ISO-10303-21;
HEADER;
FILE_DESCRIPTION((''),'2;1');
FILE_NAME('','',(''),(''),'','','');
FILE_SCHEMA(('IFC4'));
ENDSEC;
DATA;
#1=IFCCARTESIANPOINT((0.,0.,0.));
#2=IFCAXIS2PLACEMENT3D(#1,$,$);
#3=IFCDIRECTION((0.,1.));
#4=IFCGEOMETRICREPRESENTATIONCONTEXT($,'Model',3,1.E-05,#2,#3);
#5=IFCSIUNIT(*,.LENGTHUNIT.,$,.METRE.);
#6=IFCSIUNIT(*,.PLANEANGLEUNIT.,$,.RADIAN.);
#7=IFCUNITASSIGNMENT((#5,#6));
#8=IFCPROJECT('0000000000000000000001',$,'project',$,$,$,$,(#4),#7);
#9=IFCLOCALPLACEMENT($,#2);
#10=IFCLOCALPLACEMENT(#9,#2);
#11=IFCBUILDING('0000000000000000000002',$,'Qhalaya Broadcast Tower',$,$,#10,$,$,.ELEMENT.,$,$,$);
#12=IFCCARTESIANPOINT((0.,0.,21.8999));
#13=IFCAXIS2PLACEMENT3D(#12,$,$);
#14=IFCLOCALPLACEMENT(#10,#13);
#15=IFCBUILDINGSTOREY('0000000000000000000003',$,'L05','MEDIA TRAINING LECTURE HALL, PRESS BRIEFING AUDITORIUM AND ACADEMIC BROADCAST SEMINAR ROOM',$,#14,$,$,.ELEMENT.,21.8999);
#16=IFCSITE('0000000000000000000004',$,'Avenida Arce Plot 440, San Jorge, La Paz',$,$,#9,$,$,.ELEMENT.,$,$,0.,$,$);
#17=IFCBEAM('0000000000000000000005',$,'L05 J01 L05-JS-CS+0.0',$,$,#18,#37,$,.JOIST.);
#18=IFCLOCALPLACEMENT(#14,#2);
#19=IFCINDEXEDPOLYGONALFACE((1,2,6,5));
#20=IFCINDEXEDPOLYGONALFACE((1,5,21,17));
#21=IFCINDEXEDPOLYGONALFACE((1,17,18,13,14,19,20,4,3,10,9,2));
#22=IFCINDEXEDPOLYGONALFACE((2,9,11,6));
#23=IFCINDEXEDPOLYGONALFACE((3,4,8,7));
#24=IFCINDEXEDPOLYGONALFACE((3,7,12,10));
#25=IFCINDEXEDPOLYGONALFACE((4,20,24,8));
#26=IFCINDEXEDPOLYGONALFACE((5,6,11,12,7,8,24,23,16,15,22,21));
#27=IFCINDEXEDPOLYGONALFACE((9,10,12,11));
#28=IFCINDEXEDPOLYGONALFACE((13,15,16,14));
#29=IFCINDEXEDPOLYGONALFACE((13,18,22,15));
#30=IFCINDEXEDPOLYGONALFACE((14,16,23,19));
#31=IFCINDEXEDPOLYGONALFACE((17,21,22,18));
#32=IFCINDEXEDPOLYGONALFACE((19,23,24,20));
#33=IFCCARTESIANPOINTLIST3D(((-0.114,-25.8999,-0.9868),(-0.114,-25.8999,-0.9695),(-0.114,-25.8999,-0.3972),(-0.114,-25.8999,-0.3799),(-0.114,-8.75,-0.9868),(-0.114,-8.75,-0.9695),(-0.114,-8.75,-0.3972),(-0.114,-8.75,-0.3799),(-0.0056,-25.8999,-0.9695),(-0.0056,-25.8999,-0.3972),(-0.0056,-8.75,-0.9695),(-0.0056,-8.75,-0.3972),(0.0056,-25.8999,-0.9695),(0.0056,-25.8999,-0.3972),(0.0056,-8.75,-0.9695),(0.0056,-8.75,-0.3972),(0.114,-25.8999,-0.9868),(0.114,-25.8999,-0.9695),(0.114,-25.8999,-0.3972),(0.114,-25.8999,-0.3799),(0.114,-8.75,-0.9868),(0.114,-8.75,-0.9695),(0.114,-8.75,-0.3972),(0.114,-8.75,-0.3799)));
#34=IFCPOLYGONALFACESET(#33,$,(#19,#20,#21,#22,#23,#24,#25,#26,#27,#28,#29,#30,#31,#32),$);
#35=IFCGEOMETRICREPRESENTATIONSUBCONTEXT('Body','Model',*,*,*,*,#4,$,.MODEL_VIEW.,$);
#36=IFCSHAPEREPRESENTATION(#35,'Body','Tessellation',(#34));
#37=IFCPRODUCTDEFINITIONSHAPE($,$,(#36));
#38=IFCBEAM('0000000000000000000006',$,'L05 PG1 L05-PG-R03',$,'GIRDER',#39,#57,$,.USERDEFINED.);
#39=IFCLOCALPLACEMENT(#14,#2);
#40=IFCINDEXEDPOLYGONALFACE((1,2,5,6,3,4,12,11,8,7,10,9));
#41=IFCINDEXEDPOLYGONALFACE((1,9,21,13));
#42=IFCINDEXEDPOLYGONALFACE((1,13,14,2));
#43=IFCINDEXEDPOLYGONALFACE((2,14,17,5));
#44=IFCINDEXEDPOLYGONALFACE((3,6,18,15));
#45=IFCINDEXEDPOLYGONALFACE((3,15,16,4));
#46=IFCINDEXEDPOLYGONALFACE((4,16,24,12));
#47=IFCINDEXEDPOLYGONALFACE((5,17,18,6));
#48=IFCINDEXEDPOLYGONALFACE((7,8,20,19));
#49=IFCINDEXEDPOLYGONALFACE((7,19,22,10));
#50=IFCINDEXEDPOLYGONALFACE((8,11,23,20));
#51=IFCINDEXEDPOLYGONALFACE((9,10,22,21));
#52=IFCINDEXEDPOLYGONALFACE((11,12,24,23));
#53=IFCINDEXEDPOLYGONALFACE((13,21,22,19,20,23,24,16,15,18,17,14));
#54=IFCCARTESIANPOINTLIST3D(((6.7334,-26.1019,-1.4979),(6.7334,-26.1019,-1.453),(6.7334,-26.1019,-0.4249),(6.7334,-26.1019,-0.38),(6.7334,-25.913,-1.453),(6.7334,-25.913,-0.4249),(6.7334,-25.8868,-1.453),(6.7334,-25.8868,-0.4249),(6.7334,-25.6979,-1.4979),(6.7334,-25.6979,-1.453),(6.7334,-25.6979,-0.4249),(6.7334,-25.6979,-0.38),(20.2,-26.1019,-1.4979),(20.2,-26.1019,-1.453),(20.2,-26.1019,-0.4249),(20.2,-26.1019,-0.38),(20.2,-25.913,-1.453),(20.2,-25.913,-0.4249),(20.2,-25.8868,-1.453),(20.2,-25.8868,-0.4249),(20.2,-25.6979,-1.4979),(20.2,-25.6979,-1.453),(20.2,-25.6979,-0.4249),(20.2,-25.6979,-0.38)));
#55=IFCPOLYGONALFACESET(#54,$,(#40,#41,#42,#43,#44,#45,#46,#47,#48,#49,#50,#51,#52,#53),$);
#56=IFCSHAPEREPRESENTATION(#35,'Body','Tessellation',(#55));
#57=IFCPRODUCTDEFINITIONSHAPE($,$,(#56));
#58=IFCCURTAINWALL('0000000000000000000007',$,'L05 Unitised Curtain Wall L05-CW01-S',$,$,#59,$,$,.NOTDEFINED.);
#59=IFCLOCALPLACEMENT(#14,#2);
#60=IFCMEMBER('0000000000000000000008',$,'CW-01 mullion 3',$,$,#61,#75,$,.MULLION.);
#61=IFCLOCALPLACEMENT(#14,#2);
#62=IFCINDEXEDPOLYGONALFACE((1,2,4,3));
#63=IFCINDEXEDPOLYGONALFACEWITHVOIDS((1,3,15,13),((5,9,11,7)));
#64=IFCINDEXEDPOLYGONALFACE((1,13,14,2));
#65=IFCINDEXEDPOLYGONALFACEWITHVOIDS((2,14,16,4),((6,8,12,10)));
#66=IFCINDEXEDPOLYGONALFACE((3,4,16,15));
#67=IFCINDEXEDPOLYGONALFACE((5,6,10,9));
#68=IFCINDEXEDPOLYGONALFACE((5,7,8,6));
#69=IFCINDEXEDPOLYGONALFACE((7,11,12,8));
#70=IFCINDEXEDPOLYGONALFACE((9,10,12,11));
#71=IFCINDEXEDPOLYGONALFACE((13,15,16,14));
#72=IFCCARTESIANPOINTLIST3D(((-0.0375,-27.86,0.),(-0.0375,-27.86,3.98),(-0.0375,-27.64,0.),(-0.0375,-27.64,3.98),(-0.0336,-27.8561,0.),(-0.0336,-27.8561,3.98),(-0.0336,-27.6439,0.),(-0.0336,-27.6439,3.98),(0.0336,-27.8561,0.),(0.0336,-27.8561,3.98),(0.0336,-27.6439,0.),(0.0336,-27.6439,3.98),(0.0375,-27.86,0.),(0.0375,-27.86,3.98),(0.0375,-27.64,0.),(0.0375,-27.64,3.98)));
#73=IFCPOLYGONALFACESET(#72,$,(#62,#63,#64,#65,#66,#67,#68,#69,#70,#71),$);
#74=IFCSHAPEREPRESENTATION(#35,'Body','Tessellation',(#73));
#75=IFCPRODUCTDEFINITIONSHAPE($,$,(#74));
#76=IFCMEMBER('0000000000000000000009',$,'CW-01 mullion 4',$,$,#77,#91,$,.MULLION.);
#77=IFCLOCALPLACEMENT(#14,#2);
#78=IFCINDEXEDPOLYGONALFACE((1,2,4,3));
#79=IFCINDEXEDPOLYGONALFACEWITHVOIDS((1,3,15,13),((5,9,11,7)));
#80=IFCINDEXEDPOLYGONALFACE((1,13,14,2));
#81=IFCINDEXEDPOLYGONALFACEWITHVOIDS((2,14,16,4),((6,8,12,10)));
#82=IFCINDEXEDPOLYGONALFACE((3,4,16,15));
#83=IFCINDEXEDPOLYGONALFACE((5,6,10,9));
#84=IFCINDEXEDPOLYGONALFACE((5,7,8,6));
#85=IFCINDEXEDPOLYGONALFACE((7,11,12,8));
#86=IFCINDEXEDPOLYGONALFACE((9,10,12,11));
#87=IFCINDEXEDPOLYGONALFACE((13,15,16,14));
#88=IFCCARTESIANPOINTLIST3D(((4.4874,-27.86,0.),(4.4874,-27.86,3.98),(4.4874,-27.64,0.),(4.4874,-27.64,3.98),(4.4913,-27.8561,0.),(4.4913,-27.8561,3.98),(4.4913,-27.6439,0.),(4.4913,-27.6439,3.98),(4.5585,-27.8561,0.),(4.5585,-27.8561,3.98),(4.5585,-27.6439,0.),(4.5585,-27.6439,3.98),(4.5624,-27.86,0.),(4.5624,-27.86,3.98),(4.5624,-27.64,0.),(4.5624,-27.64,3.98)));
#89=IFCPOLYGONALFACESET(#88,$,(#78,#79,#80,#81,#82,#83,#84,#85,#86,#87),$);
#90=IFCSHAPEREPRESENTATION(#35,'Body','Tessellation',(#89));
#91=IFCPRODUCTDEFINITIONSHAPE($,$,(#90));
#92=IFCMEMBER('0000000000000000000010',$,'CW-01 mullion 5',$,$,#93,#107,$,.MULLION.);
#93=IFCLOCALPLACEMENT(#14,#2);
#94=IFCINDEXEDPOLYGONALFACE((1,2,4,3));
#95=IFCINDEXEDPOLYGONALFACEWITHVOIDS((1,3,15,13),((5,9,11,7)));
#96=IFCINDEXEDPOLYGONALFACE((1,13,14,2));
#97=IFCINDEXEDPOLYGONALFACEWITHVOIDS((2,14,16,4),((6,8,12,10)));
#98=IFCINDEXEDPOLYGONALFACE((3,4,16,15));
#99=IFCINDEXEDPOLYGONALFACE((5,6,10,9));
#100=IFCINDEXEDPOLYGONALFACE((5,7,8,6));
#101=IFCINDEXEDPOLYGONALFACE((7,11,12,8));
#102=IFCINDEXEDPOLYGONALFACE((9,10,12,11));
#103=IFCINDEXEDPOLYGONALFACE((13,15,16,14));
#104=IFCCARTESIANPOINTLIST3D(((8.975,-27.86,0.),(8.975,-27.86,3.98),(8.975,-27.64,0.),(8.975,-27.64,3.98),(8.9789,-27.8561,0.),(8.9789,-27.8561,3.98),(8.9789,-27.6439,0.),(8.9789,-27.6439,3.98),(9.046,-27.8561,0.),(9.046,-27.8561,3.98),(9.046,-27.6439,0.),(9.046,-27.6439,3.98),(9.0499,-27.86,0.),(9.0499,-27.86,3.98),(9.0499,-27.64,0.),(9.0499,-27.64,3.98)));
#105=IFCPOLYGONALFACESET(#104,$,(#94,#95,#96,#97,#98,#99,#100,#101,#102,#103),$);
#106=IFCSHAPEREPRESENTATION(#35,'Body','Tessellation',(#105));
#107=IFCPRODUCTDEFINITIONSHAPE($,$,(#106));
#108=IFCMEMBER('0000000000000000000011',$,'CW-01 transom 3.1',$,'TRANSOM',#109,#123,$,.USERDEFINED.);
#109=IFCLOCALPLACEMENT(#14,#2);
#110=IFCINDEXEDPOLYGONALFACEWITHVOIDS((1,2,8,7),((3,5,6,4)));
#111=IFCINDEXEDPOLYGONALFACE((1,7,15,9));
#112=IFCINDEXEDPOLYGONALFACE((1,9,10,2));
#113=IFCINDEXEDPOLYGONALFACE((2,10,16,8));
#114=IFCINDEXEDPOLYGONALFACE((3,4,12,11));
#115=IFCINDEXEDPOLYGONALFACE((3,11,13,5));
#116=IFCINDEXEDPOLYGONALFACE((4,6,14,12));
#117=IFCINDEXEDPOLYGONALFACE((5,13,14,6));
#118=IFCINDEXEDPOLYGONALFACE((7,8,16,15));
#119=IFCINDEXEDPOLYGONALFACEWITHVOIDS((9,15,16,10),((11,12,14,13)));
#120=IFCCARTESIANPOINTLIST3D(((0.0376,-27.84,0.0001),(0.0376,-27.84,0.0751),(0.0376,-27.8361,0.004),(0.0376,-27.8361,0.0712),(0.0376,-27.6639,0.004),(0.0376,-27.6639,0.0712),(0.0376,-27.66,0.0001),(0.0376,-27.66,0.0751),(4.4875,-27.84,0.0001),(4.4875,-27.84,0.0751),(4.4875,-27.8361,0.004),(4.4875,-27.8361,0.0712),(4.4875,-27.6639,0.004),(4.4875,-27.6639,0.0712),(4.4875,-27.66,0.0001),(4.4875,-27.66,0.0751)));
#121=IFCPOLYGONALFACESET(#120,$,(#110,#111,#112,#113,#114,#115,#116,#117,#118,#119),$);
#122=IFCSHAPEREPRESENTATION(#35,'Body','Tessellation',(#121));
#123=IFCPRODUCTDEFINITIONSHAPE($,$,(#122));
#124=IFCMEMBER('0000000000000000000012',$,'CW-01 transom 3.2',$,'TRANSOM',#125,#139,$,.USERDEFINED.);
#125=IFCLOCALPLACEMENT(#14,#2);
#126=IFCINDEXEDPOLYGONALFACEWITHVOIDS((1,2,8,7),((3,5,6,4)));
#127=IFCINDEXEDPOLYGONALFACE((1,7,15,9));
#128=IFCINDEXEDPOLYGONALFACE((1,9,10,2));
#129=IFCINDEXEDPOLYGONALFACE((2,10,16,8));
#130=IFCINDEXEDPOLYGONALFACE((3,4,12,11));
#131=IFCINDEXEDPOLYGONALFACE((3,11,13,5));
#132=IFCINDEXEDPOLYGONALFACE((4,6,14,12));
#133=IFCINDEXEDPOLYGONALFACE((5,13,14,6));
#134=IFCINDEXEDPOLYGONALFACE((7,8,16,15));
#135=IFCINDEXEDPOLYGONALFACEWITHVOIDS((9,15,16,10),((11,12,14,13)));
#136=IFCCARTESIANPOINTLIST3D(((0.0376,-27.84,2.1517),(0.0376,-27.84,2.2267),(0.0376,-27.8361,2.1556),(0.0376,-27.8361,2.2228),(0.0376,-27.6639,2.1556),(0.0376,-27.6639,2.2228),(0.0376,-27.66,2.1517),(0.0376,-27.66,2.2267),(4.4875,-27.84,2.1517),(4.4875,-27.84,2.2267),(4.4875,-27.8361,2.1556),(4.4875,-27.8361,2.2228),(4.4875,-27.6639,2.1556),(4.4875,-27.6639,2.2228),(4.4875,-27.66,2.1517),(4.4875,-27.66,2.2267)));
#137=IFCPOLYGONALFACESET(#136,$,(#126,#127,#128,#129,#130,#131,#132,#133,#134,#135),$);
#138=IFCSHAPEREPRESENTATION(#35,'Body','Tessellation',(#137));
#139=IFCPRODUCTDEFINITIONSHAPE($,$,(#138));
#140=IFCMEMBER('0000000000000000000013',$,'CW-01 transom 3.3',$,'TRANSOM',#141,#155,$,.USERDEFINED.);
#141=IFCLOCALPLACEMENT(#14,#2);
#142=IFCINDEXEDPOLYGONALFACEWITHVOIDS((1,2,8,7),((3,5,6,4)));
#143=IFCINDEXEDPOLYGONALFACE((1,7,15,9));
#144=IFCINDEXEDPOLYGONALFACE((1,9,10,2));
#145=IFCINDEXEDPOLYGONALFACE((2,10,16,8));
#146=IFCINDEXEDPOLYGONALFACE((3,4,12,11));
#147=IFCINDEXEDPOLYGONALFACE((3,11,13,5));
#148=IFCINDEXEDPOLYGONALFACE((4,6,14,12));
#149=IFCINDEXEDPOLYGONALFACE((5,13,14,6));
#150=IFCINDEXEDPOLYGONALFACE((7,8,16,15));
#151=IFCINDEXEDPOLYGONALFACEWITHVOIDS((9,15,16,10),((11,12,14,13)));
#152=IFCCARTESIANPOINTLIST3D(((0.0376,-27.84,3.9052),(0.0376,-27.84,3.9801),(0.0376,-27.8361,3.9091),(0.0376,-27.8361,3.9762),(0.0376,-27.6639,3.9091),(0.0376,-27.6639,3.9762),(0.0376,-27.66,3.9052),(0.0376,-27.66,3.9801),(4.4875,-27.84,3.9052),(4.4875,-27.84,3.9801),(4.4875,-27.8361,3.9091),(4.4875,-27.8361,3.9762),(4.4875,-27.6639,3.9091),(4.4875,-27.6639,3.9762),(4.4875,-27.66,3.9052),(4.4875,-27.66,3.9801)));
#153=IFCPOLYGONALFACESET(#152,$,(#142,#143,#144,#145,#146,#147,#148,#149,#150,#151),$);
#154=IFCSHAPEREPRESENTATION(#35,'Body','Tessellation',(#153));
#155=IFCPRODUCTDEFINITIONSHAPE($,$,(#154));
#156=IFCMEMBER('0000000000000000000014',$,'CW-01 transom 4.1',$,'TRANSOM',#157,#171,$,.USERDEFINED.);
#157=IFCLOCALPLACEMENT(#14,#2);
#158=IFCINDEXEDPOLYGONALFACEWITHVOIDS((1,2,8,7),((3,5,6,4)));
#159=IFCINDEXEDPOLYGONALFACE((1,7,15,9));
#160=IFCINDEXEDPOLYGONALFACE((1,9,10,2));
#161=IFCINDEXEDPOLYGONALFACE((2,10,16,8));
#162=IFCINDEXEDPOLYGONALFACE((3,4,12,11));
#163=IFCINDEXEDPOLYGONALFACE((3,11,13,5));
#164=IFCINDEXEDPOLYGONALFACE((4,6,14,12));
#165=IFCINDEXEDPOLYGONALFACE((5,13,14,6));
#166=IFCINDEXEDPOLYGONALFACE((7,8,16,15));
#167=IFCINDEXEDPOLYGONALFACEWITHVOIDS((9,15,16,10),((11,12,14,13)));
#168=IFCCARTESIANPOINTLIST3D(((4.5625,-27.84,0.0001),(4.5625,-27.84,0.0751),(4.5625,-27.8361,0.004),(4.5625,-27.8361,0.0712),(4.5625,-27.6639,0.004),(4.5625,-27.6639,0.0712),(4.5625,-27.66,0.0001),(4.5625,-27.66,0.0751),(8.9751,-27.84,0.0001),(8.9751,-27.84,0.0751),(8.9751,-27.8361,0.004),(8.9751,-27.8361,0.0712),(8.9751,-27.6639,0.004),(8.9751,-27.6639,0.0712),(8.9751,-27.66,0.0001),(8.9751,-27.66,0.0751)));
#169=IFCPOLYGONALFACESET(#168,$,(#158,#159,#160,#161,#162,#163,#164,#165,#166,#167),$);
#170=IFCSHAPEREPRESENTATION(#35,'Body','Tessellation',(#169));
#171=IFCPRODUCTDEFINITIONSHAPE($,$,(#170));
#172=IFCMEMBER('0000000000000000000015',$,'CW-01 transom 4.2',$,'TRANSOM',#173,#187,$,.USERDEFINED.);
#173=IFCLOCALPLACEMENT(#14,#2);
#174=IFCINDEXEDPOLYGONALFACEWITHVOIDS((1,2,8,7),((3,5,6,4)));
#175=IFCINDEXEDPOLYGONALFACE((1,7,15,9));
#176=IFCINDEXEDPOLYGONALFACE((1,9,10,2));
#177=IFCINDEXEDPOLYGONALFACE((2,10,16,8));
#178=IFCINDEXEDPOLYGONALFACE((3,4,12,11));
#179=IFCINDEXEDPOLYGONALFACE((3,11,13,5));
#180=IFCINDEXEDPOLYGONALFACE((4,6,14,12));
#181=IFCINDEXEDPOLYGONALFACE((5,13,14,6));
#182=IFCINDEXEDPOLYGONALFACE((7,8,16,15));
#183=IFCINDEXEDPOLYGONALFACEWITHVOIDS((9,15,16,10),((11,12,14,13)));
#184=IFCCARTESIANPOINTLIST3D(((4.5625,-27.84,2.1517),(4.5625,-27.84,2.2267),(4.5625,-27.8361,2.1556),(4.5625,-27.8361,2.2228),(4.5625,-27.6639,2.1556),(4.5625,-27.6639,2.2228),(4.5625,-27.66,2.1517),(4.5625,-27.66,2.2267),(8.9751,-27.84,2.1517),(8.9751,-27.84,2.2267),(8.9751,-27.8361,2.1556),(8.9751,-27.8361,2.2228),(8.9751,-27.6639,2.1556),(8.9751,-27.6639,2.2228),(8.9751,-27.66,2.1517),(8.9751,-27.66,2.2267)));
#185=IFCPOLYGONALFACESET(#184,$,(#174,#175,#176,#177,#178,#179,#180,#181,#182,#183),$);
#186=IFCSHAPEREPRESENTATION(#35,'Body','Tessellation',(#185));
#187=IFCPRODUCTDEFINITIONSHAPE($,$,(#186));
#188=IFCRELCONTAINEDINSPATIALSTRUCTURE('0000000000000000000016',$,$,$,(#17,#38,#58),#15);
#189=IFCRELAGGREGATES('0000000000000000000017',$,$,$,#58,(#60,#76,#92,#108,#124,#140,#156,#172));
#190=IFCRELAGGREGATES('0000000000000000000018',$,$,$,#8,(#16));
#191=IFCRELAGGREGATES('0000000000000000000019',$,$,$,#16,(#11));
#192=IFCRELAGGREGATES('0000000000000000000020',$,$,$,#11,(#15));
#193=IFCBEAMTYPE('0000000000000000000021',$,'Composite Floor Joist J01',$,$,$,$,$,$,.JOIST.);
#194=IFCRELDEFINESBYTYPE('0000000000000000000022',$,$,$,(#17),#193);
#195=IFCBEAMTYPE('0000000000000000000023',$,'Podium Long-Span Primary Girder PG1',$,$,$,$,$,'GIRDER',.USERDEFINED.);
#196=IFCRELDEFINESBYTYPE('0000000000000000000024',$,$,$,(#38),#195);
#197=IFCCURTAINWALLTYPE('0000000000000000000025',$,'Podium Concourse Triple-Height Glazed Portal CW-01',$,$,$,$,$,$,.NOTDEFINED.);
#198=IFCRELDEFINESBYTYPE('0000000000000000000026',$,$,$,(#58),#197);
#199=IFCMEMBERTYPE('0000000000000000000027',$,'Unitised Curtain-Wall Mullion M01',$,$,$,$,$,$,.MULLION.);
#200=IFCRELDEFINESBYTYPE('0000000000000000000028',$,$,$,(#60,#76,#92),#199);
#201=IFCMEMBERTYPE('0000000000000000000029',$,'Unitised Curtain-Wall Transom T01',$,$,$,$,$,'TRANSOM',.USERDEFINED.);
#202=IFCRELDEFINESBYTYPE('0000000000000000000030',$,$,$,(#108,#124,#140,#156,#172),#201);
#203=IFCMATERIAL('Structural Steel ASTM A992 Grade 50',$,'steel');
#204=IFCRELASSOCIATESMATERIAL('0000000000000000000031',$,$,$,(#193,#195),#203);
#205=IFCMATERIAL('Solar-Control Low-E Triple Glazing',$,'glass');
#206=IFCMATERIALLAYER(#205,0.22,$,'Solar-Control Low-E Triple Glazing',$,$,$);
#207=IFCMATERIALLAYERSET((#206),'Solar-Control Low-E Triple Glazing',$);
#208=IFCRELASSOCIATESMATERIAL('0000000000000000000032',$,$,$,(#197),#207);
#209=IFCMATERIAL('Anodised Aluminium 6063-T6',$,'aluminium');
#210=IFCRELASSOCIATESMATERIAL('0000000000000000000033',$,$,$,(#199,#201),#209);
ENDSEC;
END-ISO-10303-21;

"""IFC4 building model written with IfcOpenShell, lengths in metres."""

from ifc_helpers import new_model, si_unit, direction, frame, origin, origin_2d, place, context, subcontext, project, spatial, hollow_rectangle, i_section, extrude, material, layer, layer_set, material_profile, profile_set, type_object, element, aggregate, save


model = new_model("IFC4")

# Units and contexts
model_context = context("Model", 3, precision=1e-05, world=origin(), true_north=direction((0.0, 1.0)))
body_context = subcontext(model_context, "Body", "Model", "MODEL_VIEW")
ifc_project = project(units=[si_unit("LENGTHUNIT", "METRE"), si_unit("PLANEANGLEUNIT", "RADIAN")], contexts=[model_context])

# Site, building, storey
site_placement = place(None, origin())
site = spatial("IfcSite", under=ifc_project, at=site_placement, Name="Avenida Arce Plot 440, San Jorge, La Paz", CompositionType="ELEMENT", RefElevation=0.0)
building_placement = place(site_placement, origin())
building = spatial("IfcBuilding", under=site, at=building_placement, Name="Qhalaya Broadcast Tower", CompositionType="ELEMENT")
storey_placement = place(building_placement, frame((0.0, 0.0, 21.8999)))
storey = spatial("IfcBuildingStorey", under=building, at=storey_placement, Name="L05", Description="MEDIA TRAINING LECTURE HALL, PRESS BRIEFING AUDITORIUM AND ACADEMIC BROADCAST SEMINAR ROOM", CompositionType="ELEMENT", Elevation=21.8999)

# Beams
ifc_material_1 = material(Name="Structural Steel ASTM A992 Grade 50", Category="steel")
ifc_material_profile_1 = material_profile(ifc_material_1, i_section(OverallWidth=0.228, OverallDepth=0.6069, WebThickness=0.0112, FlangeThickness=0.0173, at=origin_2d()), Name="W24X76")
ifc_profile_set_1 = profile_set([ifc_material_profile_1], Name="Structural Steel ASTM A992 Grade 50")
beam_type_1 = type_object("IfcBeamType", Name="Composite Floor Joist J01", PredefinedType="JOIST", material=ifc_profile_set_1)
beam_1_placement = place(storey_placement, frame((0.0, -25.8999, -0.6833), z_axis=(0.0, 1.0, 0.0), x_axis=(-1.0, 0.0, 0.0)))
element("IfcBeam", 1, at=beam_1_placement, inside=storey, type_object=beam_type_1, Name="L05 J01 L05-JS-CS+0.0", PredefinedType="JOIST", context=body_context, shape_type="SweptSolid", body=[
    extrude(i_section(OverallWidth=0.228, OverallDepth=0.6069, WebThickness=0.0112, FlangeThickness=0.0173, at=origin_2d()), origin(), (0.0, 0.0, 1.0), 17.1499),
])
ifc_material_profile_2 = material_profile(ifc_material_1, i_section(OverallWidth=0.4041, OverallDepth=1.1179, WebThickness=0.0261, FlangeThickness=0.0449, at=origin_2d()), Name="W44X335")
ifc_profile_set_2 = profile_set([ifc_material_profile_2], Name="Structural Steel ASTM A992 Grade 50")
beam_type_2 = type_object("IfcBeamType", Name="Podium Long-Span Primary Girder PG1", ElementType="GIRDER", PredefinedType="USERDEFINED", material=ifc_profile_set_2)
beam_2_placement = place(storey_placement, frame((6.7334, -25.8999, -0.939), z_axis=(1.0, 0.0, 0.0), x_axis=(0.0, 1.0, 0.0)))
element("IfcBeam", 2, at=beam_2_placement, inside=storey, type_object=beam_type_2, Name="L05 PG1 L05-PG-R03", ObjectType="GIRDER", PredefinedType="USERDEFINED", context=body_context, shape_type="SweptSolid", body=[
    extrude(i_section(OverallWidth=0.4041, OverallDepth=1.1179, WebThickness=0.0261, FlangeThickness=0.0449, at=origin_2d()), origin(), (0.0, 0.0, 1.0), 13.4666),
])

# Curtain wall, members
ifc_material_2 = material(Name="Solar-Control Low-E Triple Glazing", Category="glass")
ifc_layer_1 = layer(ifc_material_2, 0.22, Name="Solar-Control Low-E Triple Glazing")
ifc_layer_set_1 = layer_set([ifc_layer_1], Name="Solar-Control Low-E Triple Glazing")
curtain_wall_type = type_object("IfcCurtainWallType", Name="Podium Concourse Triple-Height Glazed Portal CW-01", PredefinedType="NOTDEFINED", material=ifc_layer_set_1)
curtain_wall_placement = place(storey_placement, origin())
curtain_wall = element("IfcCurtainWall", 3, at=curtain_wall_placement, inside=storey, type_object=curtain_wall_type, Name="L05 Unitised Curtain Wall L05-CW01-S", PredefinedType="NOTDEFINED")
ifc_material_3 = material(Name="Anodised Aluminium 6063-T6", Category="aluminium")
ifc_material_profile_3 = material_profile(ifc_material_3, hollow_rectangle(XDim=0.075, YDim=0.22, WallThickness=0.0039, at=origin_2d()), Name="ALU-MUL 75x220x4")
ifc_profile_set_3 = profile_set([ifc_material_profile_3], Name="Anodised Aluminium 6063-T6")
member_type_1 = type_object("IfcMemberType", Name="Unitised Curtain-Wall Mullion M01", PredefinedType="MULLION", material=ifc_profile_set_3)
member_1_placement = place(storey_placement, frame((0.0, -27.75, 0.0), z_axis=(0.0, 0.0, 1.0), x_axis=(1.0, 0.0, 0.0)))
member_1 = element("IfcMember", 4, at=member_1_placement, type_object=member_type_1, Name="CW-01 mullion 3", PredefinedType="MULLION", context=body_context, shape_type="SweptSolid", body=[
    extrude(hollow_rectangle(XDim=0.075, YDim=0.22, WallThickness=0.0039, at=origin_2d()), origin(), (0.0, 0.0, 1.0), 3.98),
])
member_2_placement = place(storey_placement, frame((4.5249, -27.75, 0.0), z_axis=(0.0, 0.0, 1.0), x_axis=(1.0, 0.0, 0.0)))
member_2 = element("IfcMember", 5, at=member_2_placement, type_object=member_type_1, Name="CW-01 mullion 4", PredefinedType="MULLION", context=body_context, shape_type="SweptSolid", body=[
    extrude(hollow_rectangle(XDim=0.075, YDim=0.22, WallThickness=0.0039, at=origin_2d()), origin(), (0.0, 0.0, 1.0), 3.98),
])
member_3_placement = place(storey_placement, frame((9.0125, -27.75, 0.0), z_axis=(0.0, 0.0, 1.0), x_axis=(1.0, 0.0, 0.0)))
member_3 = element("IfcMember", 6, at=member_3_placement, type_object=member_type_1, Name="CW-01 mullion 5", PredefinedType="MULLION", context=body_context, shape_type="SweptSolid", body=[
    extrude(hollow_rectangle(XDim=0.075, YDim=0.22, WallThickness=0.0039, at=origin_2d()), origin(), (0.0, 0.0, 1.0), 3.98),
])
ifc_material_profile_4 = material_profile(ifc_material_3, hollow_rectangle(XDim=0.075, YDim=0.1799, WallThickness=0.0039, at=origin_2d()), Name="ALU-TRN 75x180x4")
ifc_profile_set_4 = profile_set([ifc_material_profile_4], Name="Anodised Aluminium 6063-T6")
member_type_2 = type_object("IfcMemberType", Name="Unitised Curtain-Wall Transom T01", ElementType="TRANSOM", PredefinedType="USERDEFINED", material=ifc_profile_set_4)
member_4_placement = place(storey_placement, frame((0.0376, -27.75, 0.0376), z_axis=(1.0, 0.0, 0.0), x_axis=(0.0, 0.0, 1.0)))
member_4 = element("IfcMember", 7, at=member_4_placement, type_object=member_type_2, Name="CW-01 transom 3.1", ObjectType="TRANSOM", PredefinedType="USERDEFINED", context=body_context, shape_type="SweptSolid", body=[
    extrude(hollow_rectangle(XDim=0.075, YDim=0.1799, WallThickness=0.0039, at=origin_2d()), origin(), (0.0, 0.0, 1.0), 4.45),
])
member_5_placement = place(storey_placement, frame((0.0376, -27.75, 2.1892), z_axis=(1.0, 0.0, 0.0), x_axis=(0.0, 0.0, 1.0)))
member_5 = element("IfcMember", 8, at=member_5_placement, type_object=member_type_2, Name="CW-01 transom 3.2", ObjectType="TRANSOM", PredefinedType="USERDEFINED", context=body_context, shape_type="SweptSolid", body=[
    extrude(hollow_rectangle(XDim=0.075, YDim=0.1799, WallThickness=0.0039, at=origin_2d()), origin(), (0.0, 0.0, 1.0), 4.45),
])
member_6_placement = place(storey_placement, frame((0.0376, -27.75, 3.9426), z_axis=(1.0, 0.0, 0.0), x_axis=(0.0, 0.0, 1.0)))
member_6 = element("IfcMember", 9, at=member_6_placement, type_object=member_type_2, Name="CW-01 transom 3.3", ObjectType="TRANSOM", PredefinedType="USERDEFINED", context=body_context, shape_type="SweptSolid", body=[
    extrude(hollow_rectangle(XDim=0.075, YDim=0.1799, WallThickness=0.0039, at=origin_2d()), origin(), (0.0, 0.0, 1.0), 4.45),
])
member_7_placement = place(storey_placement, frame((4.5625, -27.75, 0.0376), z_axis=(1.0, 0.0, 0.0), x_axis=(0.0, 0.0, 1.0)))
member_7 = element("IfcMember", 10, at=member_7_placement, type_object=member_type_2, Name="CW-01 transom 4.1", ObjectType="TRANSOM", PredefinedType="USERDEFINED", context=body_context, shape_type="SweptSolid", body=[
    extrude(hollow_rectangle(XDim=0.075, YDim=0.1799, WallThickness=0.0039, at=origin_2d()), origin(), (0.0, 0.0, 1.0), 4.4126),
])
member_8_placement = place(storey_placement, frame((4.5625, -27.75, 2.1892), z_axis=(1.0, 0.0, 0.0), x_axis=(0.0, 0.0, 1.0)))
member_8 = element("IfcMember", 11, at=member_8_placement, type_object=member_type_2, Name="CW-01 transom 4.2", ObjectType="TRANSOM", PredefinedType="USERDEFINED", context=body_context, shape_type="SweptSolid", body=[
    extrude(hollow_rectangle(XDim=0.075, YDim=0.1799, WallThickness=0.0039, at=origin_2d()), origin(), (0.0, 0.0, 1.0), 4.4126),
])
aggregate(curtain_wall, [member_1, member_2, member_3, member_4, member_5, member_6, member_7, member_8])

save(model, "model.ifc")
